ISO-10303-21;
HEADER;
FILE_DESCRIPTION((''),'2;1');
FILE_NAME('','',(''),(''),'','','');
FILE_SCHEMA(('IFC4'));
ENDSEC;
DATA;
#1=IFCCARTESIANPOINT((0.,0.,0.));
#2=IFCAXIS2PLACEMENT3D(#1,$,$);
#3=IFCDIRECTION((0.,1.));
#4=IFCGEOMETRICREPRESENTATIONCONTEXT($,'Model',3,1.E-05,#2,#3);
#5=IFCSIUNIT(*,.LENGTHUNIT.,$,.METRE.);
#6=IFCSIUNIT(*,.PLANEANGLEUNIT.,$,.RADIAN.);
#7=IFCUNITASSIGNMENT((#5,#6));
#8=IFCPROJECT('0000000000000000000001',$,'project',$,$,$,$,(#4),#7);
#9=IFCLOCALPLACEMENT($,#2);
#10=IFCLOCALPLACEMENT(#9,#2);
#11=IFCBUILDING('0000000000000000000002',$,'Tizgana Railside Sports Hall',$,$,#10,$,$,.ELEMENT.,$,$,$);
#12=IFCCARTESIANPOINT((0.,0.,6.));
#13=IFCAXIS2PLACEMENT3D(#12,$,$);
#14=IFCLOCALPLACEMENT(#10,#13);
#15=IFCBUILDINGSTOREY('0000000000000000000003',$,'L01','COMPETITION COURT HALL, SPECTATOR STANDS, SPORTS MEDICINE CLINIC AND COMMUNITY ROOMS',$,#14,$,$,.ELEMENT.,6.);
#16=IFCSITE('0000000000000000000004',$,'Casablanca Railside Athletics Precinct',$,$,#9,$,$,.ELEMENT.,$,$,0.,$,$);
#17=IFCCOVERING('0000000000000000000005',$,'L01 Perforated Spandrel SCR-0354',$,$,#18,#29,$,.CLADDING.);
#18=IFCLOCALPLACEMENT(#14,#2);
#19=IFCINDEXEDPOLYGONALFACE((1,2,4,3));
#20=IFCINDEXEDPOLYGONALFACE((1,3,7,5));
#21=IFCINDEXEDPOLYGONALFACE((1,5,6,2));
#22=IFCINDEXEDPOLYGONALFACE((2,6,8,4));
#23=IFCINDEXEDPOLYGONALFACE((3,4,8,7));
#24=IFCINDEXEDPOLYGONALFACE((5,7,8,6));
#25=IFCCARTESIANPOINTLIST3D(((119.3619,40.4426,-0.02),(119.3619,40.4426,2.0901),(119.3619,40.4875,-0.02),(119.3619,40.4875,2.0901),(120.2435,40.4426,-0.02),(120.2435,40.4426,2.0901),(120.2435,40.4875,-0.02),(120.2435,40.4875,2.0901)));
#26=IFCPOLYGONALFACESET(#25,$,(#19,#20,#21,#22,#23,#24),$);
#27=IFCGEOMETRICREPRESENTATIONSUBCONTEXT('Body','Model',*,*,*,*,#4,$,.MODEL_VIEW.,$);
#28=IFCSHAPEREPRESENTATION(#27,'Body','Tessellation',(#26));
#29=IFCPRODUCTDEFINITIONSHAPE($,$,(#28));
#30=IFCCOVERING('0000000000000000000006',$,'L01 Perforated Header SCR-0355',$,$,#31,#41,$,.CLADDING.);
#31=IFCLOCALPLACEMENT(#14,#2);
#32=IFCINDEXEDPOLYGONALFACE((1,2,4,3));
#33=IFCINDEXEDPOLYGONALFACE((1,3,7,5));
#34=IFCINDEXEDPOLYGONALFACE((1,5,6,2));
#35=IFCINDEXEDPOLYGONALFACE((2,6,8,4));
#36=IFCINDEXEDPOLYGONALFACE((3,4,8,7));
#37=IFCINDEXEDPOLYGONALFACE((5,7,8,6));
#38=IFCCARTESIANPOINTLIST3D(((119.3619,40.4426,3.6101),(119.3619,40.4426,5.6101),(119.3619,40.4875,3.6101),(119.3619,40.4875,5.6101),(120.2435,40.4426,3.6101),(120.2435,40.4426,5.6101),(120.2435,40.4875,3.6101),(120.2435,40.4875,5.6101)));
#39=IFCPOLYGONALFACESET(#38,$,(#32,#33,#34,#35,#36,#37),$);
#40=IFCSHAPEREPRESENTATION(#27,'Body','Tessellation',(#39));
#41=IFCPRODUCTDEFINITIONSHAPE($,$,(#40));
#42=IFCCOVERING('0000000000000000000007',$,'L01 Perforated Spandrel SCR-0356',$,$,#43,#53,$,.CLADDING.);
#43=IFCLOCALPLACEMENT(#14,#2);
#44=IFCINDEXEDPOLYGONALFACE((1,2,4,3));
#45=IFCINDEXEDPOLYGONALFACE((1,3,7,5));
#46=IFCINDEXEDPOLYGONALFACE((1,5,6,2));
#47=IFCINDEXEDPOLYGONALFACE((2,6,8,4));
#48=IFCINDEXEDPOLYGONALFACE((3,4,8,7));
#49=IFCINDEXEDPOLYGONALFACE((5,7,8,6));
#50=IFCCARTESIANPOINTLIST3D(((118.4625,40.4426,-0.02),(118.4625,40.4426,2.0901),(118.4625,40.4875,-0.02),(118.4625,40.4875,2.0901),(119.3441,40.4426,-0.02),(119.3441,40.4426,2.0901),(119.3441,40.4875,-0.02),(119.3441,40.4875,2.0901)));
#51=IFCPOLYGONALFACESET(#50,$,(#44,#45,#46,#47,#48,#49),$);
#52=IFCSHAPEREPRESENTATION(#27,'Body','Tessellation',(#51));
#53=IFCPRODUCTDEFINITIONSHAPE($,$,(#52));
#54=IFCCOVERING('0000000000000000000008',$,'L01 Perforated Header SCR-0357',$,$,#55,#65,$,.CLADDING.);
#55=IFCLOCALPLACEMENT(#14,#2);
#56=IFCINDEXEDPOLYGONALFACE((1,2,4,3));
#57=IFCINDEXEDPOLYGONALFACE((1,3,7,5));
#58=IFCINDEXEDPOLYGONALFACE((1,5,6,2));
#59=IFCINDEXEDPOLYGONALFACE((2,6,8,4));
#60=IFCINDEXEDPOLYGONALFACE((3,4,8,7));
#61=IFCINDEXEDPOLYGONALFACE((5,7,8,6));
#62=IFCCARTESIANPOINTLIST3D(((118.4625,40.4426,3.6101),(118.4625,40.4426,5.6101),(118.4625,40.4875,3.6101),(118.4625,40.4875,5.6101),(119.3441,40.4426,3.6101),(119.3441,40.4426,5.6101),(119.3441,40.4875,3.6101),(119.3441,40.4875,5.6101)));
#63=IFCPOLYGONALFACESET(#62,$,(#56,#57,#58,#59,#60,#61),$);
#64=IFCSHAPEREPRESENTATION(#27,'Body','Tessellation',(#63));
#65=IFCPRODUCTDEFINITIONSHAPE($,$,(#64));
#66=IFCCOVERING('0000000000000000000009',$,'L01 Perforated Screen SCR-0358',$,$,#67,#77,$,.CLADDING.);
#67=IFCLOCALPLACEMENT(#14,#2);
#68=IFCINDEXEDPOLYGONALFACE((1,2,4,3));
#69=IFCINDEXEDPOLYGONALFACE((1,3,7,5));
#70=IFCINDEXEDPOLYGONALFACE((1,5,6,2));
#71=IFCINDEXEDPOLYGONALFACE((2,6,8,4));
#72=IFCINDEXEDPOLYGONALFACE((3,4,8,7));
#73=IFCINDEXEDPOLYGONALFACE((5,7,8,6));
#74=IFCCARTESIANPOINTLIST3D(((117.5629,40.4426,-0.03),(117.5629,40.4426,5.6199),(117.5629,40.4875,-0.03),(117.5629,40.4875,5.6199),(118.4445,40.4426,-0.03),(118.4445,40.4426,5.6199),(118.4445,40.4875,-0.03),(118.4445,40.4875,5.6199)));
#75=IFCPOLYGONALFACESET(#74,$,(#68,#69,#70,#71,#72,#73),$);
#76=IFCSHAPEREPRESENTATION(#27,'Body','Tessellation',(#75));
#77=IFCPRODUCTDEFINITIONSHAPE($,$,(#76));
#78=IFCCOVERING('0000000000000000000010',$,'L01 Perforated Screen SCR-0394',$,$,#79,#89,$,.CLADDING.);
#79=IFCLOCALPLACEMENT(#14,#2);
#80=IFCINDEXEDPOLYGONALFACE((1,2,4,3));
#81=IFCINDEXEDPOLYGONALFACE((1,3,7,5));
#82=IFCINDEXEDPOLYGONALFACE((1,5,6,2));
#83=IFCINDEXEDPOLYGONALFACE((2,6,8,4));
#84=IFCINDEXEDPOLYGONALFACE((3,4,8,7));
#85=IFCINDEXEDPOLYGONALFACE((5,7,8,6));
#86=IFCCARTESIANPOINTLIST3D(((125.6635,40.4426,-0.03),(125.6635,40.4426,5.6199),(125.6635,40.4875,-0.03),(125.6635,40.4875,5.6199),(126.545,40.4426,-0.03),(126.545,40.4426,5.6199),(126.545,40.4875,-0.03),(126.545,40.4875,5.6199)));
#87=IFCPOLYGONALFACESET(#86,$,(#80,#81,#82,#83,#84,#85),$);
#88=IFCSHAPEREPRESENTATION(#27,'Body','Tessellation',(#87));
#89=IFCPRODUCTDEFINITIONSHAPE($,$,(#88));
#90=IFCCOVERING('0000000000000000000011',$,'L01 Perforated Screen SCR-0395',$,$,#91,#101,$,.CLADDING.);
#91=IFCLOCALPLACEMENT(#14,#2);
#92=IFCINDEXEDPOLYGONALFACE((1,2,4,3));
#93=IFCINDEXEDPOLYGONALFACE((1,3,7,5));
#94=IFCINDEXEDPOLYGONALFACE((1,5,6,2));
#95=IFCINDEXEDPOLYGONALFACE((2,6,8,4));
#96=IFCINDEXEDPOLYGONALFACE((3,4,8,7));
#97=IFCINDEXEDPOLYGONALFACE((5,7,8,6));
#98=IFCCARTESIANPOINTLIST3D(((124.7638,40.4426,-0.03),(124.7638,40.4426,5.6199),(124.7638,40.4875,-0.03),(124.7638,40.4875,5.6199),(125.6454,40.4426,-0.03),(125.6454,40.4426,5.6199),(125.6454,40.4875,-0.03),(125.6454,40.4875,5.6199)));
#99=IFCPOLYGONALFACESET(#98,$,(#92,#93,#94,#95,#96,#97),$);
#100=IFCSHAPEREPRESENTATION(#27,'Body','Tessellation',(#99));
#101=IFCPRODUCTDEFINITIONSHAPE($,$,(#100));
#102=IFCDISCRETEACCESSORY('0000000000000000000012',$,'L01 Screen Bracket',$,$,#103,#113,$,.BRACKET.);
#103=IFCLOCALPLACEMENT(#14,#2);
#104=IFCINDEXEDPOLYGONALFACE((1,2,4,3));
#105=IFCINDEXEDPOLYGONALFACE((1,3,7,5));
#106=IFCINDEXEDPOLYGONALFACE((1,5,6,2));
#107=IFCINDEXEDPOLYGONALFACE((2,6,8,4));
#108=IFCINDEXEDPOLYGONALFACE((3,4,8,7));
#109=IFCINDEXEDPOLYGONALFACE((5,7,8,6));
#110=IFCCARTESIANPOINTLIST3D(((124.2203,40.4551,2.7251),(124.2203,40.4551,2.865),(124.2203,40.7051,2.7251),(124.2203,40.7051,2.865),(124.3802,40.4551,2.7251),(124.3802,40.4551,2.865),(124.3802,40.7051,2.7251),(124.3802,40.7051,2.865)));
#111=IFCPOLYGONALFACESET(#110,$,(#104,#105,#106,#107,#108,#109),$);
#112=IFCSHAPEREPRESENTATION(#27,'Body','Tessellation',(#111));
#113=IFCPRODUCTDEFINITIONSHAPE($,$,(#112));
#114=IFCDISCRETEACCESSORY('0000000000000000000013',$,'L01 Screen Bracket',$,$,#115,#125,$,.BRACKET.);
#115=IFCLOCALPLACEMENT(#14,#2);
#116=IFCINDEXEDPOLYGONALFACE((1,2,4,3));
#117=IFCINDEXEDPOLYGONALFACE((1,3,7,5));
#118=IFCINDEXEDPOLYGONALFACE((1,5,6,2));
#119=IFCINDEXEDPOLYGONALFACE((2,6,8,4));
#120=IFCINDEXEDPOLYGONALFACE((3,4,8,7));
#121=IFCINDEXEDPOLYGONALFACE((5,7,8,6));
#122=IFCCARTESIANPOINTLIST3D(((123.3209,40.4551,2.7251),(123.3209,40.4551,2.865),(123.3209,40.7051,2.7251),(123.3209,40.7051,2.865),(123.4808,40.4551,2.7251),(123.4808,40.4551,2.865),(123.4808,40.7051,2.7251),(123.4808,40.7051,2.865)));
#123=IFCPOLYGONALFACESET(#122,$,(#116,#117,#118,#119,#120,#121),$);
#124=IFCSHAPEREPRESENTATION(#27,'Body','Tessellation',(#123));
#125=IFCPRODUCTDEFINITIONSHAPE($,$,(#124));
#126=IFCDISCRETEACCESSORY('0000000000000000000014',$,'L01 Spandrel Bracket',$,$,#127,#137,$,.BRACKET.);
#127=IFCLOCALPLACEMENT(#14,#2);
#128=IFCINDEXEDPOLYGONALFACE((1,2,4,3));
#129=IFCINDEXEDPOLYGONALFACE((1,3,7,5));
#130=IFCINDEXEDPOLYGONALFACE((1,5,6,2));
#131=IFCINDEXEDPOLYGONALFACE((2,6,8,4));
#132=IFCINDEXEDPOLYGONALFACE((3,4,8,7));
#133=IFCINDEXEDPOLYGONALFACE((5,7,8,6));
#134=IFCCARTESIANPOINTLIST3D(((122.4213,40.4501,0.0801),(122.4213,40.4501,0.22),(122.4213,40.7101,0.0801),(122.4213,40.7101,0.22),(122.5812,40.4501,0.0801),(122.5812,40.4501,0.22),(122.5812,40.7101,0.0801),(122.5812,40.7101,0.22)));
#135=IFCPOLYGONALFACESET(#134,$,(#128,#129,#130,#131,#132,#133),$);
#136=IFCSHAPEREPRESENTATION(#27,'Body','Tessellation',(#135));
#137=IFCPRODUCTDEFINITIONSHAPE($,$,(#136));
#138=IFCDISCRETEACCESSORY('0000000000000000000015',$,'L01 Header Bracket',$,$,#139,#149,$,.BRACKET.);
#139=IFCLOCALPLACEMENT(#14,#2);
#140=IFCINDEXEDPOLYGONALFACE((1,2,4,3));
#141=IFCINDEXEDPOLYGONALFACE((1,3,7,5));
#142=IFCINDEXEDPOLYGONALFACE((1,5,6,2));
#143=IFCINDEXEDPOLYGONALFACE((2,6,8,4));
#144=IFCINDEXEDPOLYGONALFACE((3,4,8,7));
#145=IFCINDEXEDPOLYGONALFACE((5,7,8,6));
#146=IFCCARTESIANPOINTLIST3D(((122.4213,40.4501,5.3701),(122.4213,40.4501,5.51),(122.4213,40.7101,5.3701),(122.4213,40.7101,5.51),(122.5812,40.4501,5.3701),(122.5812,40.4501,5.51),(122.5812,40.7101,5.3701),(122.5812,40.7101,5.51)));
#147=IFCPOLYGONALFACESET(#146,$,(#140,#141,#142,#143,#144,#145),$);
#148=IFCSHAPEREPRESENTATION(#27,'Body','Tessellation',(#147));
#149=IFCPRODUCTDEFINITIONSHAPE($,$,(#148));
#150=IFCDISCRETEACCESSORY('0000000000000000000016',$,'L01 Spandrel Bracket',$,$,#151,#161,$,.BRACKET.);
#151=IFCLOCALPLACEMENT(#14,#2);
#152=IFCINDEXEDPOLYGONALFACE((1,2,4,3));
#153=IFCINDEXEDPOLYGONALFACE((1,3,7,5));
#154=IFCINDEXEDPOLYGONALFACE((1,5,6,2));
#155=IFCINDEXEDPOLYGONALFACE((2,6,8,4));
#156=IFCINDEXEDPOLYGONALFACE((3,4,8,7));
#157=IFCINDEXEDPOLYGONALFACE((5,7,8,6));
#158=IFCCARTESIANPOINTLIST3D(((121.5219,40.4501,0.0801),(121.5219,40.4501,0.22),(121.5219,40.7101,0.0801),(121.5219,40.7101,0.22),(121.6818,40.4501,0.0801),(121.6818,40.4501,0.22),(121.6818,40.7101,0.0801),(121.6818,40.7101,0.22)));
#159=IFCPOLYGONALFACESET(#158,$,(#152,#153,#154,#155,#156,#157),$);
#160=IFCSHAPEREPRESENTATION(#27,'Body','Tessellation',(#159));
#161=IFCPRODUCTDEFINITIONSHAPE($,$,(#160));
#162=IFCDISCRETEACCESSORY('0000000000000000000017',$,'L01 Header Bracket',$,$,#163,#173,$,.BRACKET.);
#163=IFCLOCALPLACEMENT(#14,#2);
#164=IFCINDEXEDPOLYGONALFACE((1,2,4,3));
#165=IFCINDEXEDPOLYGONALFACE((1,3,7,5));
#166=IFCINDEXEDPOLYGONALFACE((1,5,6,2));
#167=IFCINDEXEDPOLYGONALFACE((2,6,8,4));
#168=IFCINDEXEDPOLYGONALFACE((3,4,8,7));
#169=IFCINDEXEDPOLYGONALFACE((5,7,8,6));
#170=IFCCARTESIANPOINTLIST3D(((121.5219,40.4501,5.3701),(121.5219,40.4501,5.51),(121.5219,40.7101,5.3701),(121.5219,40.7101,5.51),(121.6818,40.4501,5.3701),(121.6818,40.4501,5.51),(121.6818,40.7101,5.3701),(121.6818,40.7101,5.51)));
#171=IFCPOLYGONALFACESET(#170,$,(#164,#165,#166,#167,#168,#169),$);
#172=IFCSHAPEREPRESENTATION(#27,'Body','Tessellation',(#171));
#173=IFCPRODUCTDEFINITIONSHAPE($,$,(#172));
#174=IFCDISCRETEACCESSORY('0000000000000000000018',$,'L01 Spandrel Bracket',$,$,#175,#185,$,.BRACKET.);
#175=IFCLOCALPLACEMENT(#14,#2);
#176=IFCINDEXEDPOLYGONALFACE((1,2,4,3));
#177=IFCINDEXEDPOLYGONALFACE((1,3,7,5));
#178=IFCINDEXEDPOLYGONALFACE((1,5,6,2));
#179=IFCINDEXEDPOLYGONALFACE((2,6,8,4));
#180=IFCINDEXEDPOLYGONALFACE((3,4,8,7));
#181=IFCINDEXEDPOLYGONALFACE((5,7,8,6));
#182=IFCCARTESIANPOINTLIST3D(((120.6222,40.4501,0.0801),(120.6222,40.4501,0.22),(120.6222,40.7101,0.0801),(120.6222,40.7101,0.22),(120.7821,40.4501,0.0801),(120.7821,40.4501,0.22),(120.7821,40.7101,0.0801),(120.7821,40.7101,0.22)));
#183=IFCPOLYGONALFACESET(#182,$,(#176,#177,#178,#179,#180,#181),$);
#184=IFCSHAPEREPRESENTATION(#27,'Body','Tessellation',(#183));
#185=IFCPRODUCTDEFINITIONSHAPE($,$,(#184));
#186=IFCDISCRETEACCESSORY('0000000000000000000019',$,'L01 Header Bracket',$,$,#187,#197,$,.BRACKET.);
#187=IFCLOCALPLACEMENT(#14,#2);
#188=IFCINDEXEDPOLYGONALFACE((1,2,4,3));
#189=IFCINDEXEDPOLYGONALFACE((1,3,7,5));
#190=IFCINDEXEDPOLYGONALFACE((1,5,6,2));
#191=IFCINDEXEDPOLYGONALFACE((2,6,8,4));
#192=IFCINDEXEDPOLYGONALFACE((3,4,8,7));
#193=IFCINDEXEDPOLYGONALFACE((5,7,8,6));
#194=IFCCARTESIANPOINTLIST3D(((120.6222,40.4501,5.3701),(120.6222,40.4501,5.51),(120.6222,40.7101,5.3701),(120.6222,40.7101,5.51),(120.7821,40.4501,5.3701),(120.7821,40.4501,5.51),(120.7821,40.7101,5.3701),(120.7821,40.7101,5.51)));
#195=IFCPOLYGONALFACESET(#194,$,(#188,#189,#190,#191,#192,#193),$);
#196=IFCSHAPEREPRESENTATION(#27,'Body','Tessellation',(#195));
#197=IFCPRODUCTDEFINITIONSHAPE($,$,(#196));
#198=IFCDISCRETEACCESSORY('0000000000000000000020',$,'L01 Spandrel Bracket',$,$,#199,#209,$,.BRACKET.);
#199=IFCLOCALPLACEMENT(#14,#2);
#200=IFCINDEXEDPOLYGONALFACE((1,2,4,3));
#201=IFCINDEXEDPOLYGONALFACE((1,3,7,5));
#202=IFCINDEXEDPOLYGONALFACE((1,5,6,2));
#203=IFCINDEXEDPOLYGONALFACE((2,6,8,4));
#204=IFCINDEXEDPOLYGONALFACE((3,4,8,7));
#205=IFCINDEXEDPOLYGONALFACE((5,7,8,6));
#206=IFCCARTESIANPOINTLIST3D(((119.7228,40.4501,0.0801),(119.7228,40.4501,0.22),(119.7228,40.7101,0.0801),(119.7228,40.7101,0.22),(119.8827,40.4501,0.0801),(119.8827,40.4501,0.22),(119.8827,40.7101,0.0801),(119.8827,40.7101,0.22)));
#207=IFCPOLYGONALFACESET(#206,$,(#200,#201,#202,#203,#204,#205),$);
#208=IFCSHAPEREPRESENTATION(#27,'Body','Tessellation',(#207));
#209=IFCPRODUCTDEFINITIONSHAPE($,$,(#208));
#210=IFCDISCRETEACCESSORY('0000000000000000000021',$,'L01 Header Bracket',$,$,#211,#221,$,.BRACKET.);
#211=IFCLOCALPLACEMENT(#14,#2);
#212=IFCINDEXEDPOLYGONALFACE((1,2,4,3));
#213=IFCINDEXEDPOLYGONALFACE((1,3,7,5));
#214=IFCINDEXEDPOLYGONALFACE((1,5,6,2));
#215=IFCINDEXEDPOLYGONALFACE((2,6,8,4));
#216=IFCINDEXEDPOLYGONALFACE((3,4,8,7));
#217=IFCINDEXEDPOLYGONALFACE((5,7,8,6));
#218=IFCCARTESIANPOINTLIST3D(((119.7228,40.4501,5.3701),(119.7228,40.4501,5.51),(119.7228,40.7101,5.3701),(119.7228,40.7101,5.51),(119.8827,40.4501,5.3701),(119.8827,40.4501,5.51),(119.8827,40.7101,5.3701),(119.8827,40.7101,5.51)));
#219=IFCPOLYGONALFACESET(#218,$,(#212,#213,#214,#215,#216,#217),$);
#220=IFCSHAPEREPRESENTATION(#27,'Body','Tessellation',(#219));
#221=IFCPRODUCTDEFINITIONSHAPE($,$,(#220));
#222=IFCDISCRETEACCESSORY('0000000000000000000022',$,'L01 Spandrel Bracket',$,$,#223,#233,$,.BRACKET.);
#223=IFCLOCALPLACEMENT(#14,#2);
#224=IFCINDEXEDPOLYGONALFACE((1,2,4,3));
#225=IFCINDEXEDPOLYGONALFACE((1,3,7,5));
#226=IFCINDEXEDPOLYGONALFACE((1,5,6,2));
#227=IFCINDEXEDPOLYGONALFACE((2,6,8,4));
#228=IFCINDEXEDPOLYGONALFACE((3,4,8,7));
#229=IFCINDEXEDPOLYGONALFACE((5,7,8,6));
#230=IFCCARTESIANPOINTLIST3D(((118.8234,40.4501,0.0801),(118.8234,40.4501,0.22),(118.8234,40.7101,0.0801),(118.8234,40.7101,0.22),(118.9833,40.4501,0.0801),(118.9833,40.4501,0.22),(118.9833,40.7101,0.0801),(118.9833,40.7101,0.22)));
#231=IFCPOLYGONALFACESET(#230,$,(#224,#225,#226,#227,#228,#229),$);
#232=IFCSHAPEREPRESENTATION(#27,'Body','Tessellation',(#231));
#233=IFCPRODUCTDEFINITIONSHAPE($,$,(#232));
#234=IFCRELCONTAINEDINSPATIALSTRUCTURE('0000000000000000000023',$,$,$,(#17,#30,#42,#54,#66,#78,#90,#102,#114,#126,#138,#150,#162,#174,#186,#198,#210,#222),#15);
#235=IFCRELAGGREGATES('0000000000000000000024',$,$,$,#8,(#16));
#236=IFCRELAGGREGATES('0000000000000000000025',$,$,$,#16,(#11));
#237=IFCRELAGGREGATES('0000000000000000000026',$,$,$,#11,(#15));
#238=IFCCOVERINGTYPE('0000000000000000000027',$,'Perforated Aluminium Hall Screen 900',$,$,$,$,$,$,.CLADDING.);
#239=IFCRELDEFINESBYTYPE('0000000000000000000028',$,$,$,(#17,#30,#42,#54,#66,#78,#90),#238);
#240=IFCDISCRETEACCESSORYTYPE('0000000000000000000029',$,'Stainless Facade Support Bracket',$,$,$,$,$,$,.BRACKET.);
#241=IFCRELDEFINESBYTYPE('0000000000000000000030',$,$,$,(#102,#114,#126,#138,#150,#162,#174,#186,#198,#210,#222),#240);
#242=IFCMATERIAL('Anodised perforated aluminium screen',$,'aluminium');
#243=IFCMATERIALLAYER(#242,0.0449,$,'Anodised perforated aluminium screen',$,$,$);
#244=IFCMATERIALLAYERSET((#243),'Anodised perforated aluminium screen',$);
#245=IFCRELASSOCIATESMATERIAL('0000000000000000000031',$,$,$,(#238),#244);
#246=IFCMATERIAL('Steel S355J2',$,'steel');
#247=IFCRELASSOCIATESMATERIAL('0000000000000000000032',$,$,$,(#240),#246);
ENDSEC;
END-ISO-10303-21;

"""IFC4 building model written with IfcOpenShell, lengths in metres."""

from ifc_helpers import new_model, si_unit, direction, frame, origin, origin_2d, place, context, subcontext, project, spatial, rectangle, extrude, material, layer, layer_set, type_object, element, save


model = new_model("IFC4")

# Units and contexts
model_context = context("Model", 3, precision=1e-05, world=origin(), true_north=direction((0.0, 1.0)))
body_context = subcontext(model_context, "Body", "Model", "MODEL_VIEW")
ifc_project = project(units=[si_unit("LENGTHUNIT", "METRE"), si_unit("PLANEANGLEUNIT", "RADIAN")], contexts=[model_context])

# Site, building, storey
site_placement = place(None, origin())
site = spatial("IfcSite", under=ifc_project, at=site_placement, Name="Casablanca Railside Athletics Precinct", CompositionType="ELEMENT", RefElevation=0.0)
building_placement = place(site_placement, origin())
building = spatial("IfcBuilding", under=site, at=building_placement, Name="Tizgana Railside Sports Hall", CompositionType="ELEMENT")
storey_placement = place(building_placement, frame((0.0, 0.0, 6.0)))
storey = spatial("IfcBuildingStorey", under=building, at=storey_placement, Name="L01", Description="COMPETITION COURT HALL, SPECTATOR STANDS, SPORTS MEDICINE CLINIC AND COMMUNITY ROOMS", CompositionType="ELEMENT", Elevation=6.0)

# Coverings
ifc_material_1 = material(Name="Anodised perforated aluminium screen", Category="aluminium")
ifc_layer_1 = layer(ifc_material_1, 0.0449, Name="Anodised perforated aluminium screen")
ifc_layer_set_1 = layer_set([ifc_layer_1], Name="Anodised perforated aluminium screen")
covering_type = type_object("IfcCoveringType", Name="Perforated Aluminium Hall Screen 900", PredefinedType="CLADDING", material=ifc_layer_set_1)
covering_1_placement = place(storey_placement, frame((119.8027, 40.4651, -0.02), z_axis=(0.0, 0.0, 1.0), x_axis=(-1.0, 0.0, 0.0)))
element("IfcCovering", 1, at=covering_1_placement, inside=storey, type_object=covering_type, Name="L01 Perforated Spandrel SCR-0354", PredefinedType="CLADDING", context=body_context, shape_type="SweptSolid", body=[
    extrude(rectangle(XDim=0.8816, YDim=0.0449, at=origin_2d()), origin(), (0.0, 0.0, 1.0), 2.1101),
])
covering_2_placement = place(storey_placement, frame((119.8027, 40.4651, 3.6101), z_axis=(0.0, 0.0, 1.0), x_axis=(-1.0, 0.0, 0.0)))
element("IfcCovering", 2, at=covering_2_placement, inside=storey, type_object=covering_type, Name="L01 Perforated Header SCR-0355", PredefinedType="CLADDING", context=body_context, shape_type="SweptSolid", body=[
    extrude(rectangle(XDim=0.8816, YDim=0.0449, at=origin_2d()), origin(), (0.0, 0.0, 1.0), 2.0),
])
covering_3_placement = place(storey_placement, frame((118.9033, 40.4651, -0.02), z_axis=(0.0, 0.0, 1.0), x_axis=(-1.0, 0.0, 0.0)))
element("IfcCovering", 3, at=covering_3_placement, inside=storey, type_object=covering_type, Name="L01 Perforated Spandrel SCR-0356", PredefinedType="CLADDING", context=body_context, shape_type="SweptSolid", body=[
    extrude(rectangle(XDim=0.8816, YDim=0.0449, at=origin_2d()), origin(), (0.0, 0.0, 1.0), 2.1101),
])
covering_4_placement = place(storey_placement, frame((118.9033, 40.4651, 3.6101), z_axis=(0.0, 0.0, 1.0), x_axis=(-1.0, 0.0, 0.0)))
element("IfcCovering", 4, at=covering_4_placement, inside=storey, type_object=covering_type, Name="L01 Perforated Header SCR-0357", PredefinedType="CLADDING", context=body_context, shape_type="SweptSolid", body=[
    extrude(rectangle(XDim=0.8816, YDim=0.0449, at=origin_2d()), origin(), (0.0, 0.0, 1.0), 2.0),
])
for number, where, z_axis, x_axis, name in (
    (5, (118.0037, 40.4651, -0.03), (0.0, 0.0, 1.0), (-1.0, 0.0, 0.0), "L01 Perforated Screen SCR-0358"),
    (6, (126.1042, 40.4651, -0.03), (0.0, 0.0, 1.0), (-1.0, 0.0, 0.0), "L01 Perforated Screen SCR-0394"),
    (7, (125.2046, 40.4651, -0.03), (0.0, 0.0, 1.0), (-1.0, 0.0, 0.0), "L01 Perforated Screen SCR-0395"),
):
    element("IfcCovering", number, at=place(storey_placement, frame(where, z_axis=z_axis, x_axis=x_axis)), inside=storey, type_object=covering_type, Name=name, PredefinedType="CLADDING", context=body_context, shape_type="SweptSolid", body=[
        extrude(rectangle(XDim=0.8816, YDim=0.0449, at=origin_2d()), origin(), (0.0, 0.0, 1.0), 5.6499),
    ])

# Discrete accessories
ifc_material_2 = material(Name="Steel S355J2", Category="steel")
discrete_accessory_type = type_object("IfcDiscreteAccessoryType", Name="Stainless Facade Support Bracket", PredefinedType="BRACKET", material=ifc_material_2)
for number, where, z_axis, x_axis, name in (
    (8, (124.3003, 40.5801, 2.7251), (0.0, 0.0, 1.0), (-1.0, 0.0, 0.0), "L01 Screen Bracket"),
    (9, (123.4009, 40.5801, 2.7251), (0.0, 0.0, 1.0), (-1.0, 0.0, 0.0), "L01 Screen Bracket"),
):
    element("IfcDiscreteAccessory", number, at=place(storey_placement, frame(where, z_axis=z_axis, x_axis=x_axis)), inside=storey, type_object=discrete_accessory_type, Name=name, PredefinedType="BRACKET", context=body_context, shape_type="SweptSolid", body=[
        extrude(rectangle(XDim=0.1599, YDim=0.25, at=origin_2d()), origin(), (0.0, 0.0, 1.0), 0.1399),
    ])
for number, where, z_axis, x_axis, name in (
    (10, (122.5012, 40.5801, 0.0801), (0.0, 0.0, 1.0), (-1.0, 0.0, 0.0), "L01 Spandrel Bracket"),
    (11, (122.5012, 40.5801, 5.3701), (0.0, 0.0, 1.0), (-1.0, 0.0, 0.0), "L01 Header Bracket"),
    (12, (121.6018, 40.5801, 0.0801), (0.0, 0.0, 1.0), (-1.0, 0.0, 0.0), "L01 Spandrel Bracket"),
    (13, (121.6018, 40.5801, 5.3701), (0.0, 0.0, 1.0), (-1.0, 0.0, 0.0), "L01 Header Bracket"),
    (14, (120.7021, 40.5801, 0.0801), (0.0, 0.0, 1.0), (-1.0, 0.0, 0.0), "L01 Spandrel Bracket"),
    (15, (120.7021, 40.5801, 5.3701), (0.0, 0.0, 1.0), (-1.0, 0.0, 0.0), "L01 Header Bracket"),
    (16, (119.8027, 40.5801, 0.0801), (0.0, 0.0, 1.0), (-1.0, 0.0, 0.0), "L01 Spandrel Bracket"),
    (17, (119.8027, 40.5801, 5.3701), (0.0, 0.0, 1.0), (-1.0, 0.0, 0.0), "L01 Header Bracket"),
    (18, (118.9033, 40.5801, 0.0801), (0.0, 0.0, 1.0), (-1.0, 0.0, 0.0), "L01 Spandrel Bracket"),
):
    element("IfcDiscreteAccessory", number, at=place(storey_placement, frame(where, z_axis=z_axis, x_axis=x_axis)), inside=storey, type_object=discrete_accessory_type, Name=name, PredefinedType="BRACKET", context=body_context, shape_type="SweptSolid", body=[
        extrude(rectangle(XDim=0.1599, YDim=0.26, at=origin_2d()), origin(), (0.0, 0.0, 1.0), 0.1399),
    ])

save(model, "model.ifc")
